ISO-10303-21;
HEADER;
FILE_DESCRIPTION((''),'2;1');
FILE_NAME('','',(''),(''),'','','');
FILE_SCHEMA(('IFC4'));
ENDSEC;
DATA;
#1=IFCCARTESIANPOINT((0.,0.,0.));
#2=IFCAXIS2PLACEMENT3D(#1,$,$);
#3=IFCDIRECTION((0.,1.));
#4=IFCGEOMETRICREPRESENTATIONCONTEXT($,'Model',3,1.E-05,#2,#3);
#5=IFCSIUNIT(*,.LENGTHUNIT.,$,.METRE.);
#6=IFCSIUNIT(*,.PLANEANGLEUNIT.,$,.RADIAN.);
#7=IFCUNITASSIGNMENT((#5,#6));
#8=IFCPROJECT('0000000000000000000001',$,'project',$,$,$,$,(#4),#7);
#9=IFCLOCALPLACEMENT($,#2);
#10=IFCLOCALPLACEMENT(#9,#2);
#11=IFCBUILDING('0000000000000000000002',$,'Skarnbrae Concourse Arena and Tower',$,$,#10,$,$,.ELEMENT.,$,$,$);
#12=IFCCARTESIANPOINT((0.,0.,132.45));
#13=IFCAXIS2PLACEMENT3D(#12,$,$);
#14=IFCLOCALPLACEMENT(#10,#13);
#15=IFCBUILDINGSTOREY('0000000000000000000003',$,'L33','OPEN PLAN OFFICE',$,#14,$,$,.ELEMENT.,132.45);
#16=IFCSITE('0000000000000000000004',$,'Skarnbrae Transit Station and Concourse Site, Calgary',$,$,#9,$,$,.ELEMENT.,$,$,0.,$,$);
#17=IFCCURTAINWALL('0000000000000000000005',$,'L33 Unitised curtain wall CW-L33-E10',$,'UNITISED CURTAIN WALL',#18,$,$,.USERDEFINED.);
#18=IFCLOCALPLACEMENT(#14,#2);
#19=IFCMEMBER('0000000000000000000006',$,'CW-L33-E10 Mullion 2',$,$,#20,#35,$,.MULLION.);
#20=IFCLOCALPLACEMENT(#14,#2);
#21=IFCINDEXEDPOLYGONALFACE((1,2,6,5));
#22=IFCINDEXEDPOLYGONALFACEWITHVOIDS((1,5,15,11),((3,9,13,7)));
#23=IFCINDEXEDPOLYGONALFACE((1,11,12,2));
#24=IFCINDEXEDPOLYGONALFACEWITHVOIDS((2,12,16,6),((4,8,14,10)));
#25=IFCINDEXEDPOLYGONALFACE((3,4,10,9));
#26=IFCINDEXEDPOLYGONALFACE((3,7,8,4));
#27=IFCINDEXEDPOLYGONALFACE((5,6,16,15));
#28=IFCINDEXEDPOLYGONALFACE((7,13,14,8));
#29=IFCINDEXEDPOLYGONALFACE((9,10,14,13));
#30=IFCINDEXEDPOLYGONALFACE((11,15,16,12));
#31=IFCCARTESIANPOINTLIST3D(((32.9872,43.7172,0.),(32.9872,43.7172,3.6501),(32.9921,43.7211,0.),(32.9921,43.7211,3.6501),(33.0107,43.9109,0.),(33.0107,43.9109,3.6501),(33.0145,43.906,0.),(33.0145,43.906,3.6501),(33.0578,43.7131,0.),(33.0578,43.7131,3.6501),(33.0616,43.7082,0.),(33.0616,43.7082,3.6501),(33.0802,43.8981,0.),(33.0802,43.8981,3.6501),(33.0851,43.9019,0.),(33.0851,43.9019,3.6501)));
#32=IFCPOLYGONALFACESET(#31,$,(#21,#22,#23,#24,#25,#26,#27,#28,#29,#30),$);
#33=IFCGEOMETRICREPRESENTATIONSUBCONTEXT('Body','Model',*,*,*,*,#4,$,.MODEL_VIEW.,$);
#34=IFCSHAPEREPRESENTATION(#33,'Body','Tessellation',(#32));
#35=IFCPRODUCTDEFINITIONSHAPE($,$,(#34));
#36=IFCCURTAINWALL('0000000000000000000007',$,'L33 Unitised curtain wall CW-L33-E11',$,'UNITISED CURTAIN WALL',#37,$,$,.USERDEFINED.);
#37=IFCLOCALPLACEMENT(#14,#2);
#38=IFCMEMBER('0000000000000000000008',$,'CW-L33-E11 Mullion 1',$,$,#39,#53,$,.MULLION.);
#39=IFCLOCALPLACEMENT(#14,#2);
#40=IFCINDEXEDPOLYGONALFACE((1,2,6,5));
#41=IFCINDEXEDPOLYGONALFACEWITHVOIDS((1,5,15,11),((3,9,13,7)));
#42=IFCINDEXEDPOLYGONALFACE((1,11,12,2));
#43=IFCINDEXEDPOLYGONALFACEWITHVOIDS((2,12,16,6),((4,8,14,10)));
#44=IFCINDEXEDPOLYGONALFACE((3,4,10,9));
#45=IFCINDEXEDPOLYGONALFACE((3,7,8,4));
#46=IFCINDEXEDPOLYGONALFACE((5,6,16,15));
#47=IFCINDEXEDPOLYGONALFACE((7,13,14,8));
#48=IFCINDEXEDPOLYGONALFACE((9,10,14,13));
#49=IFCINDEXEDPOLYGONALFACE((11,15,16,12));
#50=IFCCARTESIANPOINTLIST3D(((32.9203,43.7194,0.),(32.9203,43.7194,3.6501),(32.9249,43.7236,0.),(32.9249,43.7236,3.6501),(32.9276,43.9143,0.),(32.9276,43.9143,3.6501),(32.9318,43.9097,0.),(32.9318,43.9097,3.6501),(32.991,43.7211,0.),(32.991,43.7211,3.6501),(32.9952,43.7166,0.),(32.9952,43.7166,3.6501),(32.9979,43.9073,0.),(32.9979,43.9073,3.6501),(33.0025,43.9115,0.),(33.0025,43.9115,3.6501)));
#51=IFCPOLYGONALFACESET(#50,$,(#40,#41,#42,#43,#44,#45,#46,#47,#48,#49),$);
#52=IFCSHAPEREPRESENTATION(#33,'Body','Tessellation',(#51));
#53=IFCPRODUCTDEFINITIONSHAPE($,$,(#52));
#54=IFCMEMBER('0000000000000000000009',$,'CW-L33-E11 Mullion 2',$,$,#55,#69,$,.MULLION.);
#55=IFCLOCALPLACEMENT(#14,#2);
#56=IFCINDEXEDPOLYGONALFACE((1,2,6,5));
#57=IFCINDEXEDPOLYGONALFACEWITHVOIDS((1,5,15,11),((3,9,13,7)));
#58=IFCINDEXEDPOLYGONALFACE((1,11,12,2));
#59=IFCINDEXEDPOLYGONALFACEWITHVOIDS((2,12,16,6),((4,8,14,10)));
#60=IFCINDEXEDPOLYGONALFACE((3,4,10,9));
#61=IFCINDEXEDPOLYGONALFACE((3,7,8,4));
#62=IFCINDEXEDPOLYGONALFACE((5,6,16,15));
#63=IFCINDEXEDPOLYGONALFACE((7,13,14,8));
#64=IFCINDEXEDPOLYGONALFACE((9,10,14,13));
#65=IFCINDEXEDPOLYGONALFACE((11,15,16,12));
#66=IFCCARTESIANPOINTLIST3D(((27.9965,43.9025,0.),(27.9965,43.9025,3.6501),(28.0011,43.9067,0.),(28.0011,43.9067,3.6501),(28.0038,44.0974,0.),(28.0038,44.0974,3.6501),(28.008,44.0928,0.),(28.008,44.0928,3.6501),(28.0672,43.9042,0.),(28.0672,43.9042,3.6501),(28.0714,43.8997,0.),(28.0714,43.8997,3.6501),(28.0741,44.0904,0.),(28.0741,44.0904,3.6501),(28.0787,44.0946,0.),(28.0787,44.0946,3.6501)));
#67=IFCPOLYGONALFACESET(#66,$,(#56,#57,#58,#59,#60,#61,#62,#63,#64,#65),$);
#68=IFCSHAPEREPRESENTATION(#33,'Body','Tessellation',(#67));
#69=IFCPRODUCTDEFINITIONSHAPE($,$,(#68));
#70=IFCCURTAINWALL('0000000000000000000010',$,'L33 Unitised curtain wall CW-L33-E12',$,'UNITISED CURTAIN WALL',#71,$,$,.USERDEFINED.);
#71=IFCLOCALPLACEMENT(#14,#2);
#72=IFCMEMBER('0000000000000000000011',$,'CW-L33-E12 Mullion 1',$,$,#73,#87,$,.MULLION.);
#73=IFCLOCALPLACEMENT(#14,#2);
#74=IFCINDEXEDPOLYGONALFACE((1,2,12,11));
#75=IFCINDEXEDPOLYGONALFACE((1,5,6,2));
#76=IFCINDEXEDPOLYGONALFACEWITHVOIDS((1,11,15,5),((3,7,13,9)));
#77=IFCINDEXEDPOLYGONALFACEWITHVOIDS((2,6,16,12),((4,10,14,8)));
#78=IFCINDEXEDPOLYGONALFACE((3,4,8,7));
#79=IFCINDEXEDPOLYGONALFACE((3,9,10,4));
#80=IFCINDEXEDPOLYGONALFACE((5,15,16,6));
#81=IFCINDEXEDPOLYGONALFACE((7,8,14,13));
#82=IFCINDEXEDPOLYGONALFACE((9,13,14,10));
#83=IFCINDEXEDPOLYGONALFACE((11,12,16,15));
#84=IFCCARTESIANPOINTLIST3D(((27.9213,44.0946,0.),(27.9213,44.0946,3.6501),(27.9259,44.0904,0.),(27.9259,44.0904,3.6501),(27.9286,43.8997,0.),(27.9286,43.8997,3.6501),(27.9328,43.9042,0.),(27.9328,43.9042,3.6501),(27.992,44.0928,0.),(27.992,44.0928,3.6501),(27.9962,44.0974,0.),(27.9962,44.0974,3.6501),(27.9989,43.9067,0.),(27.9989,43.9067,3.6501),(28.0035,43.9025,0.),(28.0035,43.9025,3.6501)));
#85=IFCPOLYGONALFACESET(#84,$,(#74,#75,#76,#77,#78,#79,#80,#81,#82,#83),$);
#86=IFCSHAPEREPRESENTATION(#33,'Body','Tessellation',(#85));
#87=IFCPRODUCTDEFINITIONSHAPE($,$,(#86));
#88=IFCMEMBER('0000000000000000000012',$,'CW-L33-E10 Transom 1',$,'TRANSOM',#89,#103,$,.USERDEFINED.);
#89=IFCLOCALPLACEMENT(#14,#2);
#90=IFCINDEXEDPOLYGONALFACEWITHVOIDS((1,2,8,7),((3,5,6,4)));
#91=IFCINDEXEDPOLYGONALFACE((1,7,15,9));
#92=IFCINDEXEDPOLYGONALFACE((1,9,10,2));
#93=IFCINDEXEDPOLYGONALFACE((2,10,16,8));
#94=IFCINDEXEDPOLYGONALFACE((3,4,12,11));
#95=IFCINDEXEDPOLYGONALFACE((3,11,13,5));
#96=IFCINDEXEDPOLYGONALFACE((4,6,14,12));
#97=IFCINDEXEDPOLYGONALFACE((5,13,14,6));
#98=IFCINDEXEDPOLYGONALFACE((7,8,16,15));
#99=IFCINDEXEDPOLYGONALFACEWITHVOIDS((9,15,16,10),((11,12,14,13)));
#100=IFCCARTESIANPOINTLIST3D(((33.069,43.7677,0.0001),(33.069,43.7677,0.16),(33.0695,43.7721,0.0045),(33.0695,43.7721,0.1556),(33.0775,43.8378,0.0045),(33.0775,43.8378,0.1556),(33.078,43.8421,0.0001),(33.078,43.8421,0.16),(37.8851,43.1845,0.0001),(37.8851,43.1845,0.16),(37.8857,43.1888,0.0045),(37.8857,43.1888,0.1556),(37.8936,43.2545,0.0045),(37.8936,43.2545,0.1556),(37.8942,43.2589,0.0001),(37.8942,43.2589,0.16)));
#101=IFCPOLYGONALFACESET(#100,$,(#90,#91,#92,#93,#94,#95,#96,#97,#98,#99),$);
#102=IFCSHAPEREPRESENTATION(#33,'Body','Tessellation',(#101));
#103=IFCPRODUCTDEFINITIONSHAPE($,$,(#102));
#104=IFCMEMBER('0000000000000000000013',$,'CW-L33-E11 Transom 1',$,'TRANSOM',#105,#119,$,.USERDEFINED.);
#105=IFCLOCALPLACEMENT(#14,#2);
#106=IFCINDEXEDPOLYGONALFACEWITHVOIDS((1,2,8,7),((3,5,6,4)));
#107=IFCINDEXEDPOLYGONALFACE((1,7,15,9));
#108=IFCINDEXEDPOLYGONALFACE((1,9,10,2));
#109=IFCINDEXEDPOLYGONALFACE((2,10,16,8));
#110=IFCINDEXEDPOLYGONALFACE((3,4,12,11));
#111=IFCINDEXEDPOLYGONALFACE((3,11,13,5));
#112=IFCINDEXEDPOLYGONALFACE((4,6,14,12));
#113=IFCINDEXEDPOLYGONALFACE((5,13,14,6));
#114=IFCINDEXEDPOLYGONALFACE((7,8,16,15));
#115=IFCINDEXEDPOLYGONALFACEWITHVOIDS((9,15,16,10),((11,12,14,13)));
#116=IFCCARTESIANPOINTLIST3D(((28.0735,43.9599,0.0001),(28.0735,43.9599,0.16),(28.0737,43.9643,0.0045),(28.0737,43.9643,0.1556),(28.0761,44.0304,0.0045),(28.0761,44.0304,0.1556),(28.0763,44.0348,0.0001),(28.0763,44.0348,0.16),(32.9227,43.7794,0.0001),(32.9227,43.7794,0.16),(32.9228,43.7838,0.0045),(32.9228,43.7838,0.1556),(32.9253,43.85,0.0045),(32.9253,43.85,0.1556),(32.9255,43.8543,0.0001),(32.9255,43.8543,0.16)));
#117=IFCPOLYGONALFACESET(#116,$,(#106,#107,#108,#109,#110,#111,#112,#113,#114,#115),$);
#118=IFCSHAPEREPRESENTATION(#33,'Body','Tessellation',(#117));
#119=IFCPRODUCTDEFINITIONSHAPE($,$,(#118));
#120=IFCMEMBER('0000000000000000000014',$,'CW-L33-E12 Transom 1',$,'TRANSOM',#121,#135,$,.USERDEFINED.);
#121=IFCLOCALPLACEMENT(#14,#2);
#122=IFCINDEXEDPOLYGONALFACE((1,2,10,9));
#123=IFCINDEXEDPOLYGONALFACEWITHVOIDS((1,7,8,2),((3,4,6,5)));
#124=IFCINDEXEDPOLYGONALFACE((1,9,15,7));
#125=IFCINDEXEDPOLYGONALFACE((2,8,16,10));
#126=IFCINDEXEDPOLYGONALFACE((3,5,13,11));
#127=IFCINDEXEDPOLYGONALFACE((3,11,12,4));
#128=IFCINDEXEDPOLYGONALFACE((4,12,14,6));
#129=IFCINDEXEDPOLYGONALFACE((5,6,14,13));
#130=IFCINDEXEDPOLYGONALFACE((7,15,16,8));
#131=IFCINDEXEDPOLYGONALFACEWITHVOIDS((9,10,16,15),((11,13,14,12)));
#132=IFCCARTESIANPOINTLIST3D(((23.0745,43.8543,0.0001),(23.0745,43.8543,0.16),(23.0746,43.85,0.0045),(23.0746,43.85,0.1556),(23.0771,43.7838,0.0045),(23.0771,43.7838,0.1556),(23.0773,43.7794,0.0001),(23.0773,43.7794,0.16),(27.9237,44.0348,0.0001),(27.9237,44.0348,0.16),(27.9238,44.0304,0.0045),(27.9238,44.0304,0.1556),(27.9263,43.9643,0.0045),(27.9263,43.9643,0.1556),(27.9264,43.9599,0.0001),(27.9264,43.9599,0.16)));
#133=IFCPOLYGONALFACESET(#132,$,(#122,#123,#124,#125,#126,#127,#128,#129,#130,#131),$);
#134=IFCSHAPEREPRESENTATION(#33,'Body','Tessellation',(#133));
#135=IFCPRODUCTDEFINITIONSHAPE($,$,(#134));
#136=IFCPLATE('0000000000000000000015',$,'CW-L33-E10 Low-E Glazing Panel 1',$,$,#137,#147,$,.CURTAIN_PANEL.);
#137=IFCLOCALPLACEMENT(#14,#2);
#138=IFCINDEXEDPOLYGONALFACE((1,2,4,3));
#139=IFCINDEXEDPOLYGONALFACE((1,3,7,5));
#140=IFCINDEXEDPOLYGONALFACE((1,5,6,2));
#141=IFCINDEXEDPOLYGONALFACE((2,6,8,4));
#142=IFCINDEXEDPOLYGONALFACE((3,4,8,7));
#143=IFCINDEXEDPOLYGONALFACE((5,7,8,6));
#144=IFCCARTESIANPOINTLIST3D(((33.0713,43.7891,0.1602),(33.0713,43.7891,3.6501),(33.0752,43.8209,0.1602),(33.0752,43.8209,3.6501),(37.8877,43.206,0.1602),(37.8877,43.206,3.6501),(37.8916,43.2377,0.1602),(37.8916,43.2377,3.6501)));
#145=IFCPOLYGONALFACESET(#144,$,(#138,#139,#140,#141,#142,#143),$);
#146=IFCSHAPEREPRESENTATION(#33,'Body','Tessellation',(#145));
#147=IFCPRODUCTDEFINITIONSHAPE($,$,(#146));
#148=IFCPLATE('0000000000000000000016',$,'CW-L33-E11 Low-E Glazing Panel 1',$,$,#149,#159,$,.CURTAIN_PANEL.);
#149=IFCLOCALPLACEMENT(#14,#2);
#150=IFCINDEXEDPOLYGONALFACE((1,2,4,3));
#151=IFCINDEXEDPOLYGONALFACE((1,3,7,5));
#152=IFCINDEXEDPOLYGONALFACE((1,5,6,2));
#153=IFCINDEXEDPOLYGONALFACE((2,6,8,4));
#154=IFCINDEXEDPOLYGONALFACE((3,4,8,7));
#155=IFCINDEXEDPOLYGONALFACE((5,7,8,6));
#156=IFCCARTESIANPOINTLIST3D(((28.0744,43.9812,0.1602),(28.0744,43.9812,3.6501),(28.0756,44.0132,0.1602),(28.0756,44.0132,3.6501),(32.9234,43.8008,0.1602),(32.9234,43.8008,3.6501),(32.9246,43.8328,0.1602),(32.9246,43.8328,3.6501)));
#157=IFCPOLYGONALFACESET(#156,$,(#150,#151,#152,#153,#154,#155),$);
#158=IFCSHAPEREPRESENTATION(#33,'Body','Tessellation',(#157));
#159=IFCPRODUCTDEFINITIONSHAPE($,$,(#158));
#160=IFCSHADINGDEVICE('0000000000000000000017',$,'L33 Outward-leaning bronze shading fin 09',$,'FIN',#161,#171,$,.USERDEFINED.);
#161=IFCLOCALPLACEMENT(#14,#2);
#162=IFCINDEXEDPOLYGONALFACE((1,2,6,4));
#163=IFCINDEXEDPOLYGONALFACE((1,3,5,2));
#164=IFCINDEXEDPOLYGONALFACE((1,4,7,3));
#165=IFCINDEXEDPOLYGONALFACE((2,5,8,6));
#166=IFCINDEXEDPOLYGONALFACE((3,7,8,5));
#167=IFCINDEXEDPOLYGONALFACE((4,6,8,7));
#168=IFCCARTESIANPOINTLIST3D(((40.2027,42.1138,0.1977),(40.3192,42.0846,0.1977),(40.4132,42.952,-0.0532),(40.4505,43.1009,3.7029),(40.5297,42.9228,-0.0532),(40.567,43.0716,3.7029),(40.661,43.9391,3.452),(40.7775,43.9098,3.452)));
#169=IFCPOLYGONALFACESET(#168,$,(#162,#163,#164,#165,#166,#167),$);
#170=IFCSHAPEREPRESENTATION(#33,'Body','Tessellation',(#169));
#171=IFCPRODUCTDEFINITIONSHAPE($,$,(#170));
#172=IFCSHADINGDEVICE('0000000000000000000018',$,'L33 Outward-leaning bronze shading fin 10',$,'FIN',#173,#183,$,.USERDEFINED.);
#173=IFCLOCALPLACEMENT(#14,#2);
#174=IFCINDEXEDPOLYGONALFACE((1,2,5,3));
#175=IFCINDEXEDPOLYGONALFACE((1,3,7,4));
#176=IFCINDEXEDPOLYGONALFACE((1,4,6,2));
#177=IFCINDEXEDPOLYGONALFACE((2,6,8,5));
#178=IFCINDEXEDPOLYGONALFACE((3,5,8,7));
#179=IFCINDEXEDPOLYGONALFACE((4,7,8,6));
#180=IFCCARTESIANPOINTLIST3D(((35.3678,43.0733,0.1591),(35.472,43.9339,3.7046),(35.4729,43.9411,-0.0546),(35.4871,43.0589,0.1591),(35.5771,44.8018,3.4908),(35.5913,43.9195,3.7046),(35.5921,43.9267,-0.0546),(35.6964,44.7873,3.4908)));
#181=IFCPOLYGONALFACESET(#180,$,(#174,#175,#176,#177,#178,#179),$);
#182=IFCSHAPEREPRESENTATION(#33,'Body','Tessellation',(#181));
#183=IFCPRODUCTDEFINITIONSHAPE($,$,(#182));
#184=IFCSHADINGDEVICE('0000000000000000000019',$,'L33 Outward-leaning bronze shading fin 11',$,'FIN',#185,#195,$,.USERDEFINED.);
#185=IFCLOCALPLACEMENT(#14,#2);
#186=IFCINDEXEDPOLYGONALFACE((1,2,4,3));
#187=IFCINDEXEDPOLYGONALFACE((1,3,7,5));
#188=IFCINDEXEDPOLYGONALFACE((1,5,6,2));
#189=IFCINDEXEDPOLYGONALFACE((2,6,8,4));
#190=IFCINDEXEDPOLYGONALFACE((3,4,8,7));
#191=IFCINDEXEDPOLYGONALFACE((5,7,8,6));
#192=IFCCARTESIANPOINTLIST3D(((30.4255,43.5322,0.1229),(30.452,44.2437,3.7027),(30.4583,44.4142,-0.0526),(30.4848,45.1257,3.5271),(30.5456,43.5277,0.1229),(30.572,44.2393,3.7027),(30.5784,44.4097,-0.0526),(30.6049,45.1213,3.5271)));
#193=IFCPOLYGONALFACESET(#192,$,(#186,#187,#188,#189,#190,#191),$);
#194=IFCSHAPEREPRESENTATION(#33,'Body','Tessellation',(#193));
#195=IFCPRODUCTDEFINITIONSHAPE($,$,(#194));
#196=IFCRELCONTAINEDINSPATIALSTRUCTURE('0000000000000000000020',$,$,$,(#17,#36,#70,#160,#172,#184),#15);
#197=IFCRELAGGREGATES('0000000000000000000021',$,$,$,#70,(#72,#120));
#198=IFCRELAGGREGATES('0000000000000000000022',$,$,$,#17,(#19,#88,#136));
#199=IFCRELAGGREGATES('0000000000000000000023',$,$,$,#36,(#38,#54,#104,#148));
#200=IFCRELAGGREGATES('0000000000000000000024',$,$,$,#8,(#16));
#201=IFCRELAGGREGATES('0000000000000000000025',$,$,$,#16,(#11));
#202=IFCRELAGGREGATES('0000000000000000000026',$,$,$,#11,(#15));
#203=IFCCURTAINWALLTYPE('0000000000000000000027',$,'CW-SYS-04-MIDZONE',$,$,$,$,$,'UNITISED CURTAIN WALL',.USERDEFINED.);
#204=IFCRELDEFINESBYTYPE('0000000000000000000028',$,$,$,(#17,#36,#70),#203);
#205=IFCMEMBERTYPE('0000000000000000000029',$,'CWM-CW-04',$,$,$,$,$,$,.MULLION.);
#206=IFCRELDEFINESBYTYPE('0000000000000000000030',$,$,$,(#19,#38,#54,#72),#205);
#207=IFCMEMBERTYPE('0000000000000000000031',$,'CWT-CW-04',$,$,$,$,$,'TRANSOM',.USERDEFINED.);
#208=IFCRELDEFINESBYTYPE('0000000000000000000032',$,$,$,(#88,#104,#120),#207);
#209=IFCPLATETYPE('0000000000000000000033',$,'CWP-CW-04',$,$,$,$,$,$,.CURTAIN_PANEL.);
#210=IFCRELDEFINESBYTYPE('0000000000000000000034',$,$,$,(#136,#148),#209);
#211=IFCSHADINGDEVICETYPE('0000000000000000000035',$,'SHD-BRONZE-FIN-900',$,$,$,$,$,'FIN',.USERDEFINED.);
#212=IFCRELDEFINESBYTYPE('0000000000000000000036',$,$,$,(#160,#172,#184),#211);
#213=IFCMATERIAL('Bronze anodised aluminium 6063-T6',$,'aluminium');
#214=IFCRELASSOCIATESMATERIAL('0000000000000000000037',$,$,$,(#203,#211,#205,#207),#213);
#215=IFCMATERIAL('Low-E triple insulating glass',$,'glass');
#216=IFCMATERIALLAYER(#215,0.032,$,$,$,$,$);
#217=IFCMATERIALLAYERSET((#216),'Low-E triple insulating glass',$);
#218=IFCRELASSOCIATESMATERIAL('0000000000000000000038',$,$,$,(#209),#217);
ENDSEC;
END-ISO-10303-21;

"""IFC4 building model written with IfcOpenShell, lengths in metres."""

from ifc_helpers import new_model, si_unit, direction, frame, origin, origin_2d, place, context, subcontext, project, spatial, rectangle, hollow_rectangle, extrude, source, transform, mapped, material, layer, layer_set, material_profile, profile_set, type_object, element, aggregate, save


model = new_model("IFC4")

# Units and contexts
model_context = context("Model", 3, precision=1e-05, world=origin(), true_north=direction((0.0, 1.0)))
body_context = subcontext(model_context, "Body", "Model", "MODEL_VIEW")
ifc_project = project(units=[si_unit("LENGTHUNIT", "METRE"), si_unit("PLANEANGLEUNIT", "RADIAN")], contexts=[model_context])

# Site, building, storey
site_placement = place(None, origin())
site = spatial("IfcSite", under=ifc_project, at=site_placement, Name="Skarnbrae Transit Station and Concourse Site, Calgary", CompositionType="ELEMENT", RefElevation=0.0)
building_placement = place(site_placement, origin())
building = spatial("IfcBuilding", under=site, at=building_placement, Name="Skarnbrae Concourse Arena and Tower", CompositionType="ELEMENT")
storey_placement = place(building_placement, frame((0.0, 0.0, 132.45)))
storey = spatial("IfcBuildingStorey", under=building, at=storey_placement, Name="L33", Description="OPEN PLAN OFFICE", CompositionType="ELEMENT", Elevation=132.45)

# Shared definitions
ifc_material_1 = material(Name="Bronze anodised aluminium 6063-T6", Category="aluminium")
curtain_wall_type = type_object("IfcCurtainWallType", Name="CW-SYS-04-MIDZONE", ElementType="UNITISED CURTAIN WALL", PredefinedType="USERDEFINED", material=ifc_material_1)
ifc_material_profile_1 = material_profile(ifc_material_1, hollow_rectangle(XDim=0.075, YDim=0.1951, WallThickness=0.0044, at=origin_2d()), Name="ALU-MULL-75X195")
ifc_profile_set_1 = profile_set([ifc_material_profile_1], Name="Bronze anodised aluminium 6063-T6")
member_type_1 = type_object("IfcMemberType", Name="CWM-CW-04", PredefinedType="MULLION", material=ifc_profile_set_1)
shared_shape_1 = source(origin(), body_context, "Body", "SweptSolid", [
    extrude(hollow_rectangle(XDim=0.075, YDim=0.1951, WallThickness=0.0044, at=origin_2d()), origin(), (0.0, 0.0, 1.0), 3.6501),
])

# Curtain walls, members
curtain_wall_1_placement = place(storey_placement, origin())
curtain_wall_1 = element("IfcCurtainWall", 1, at=curtain_wall_1_placement, inside=storey, type_object=curtain_wall_type, Name="L33 Unitised curtain wall CW-L33-E10", ObjectType="UNITISED CURTAIN WALL", PredefinedType="USERDEFINED")
member_1_placement = place(storey_placement, frame((33.0361, 43.8096, 0.0), z_axis=(0.0, 0.0, 1.0), x_axis=(-0.992749, 0.120203, 0.0)))
member_1 = element("IfcMember", 2, at=member_1_placement, type_object=member_type_1, Name="CW-L33-E10 Mullion 2", PredefinedType="MULLION", context=body_context, shape_type="MappedRepresentation", body=[
    mapped(shared_shape_1, transform((0.0, 0.0, 0.0))),
])
curtain_wall_2_placement = place(storey_placement, origin())
curtain_wall_2 = element("IfcCurtainWall", 3, at=curtain_wall_2_placement, inside=storey, type_object=curtain_wall_type, Name="L33 Unitised curtain wall CW-L33-E11", ObjectType="UNITISED CURTAIN WALL", PredefinedType="USERDEFINED")
member_2_placement = place(storey_placement, frame((32.9614, 43.8154, 0.0), z_axis=(0.0, 0.0, 1.0), x_axis=(-0.999308, 0.037183, 0.0)))
member_2 = element("IfcMember", 4, at=member_2_placement, type_object=member_type_1, Name="CW-L33-E11 Mullion 1", PredefinedType="MULLION", context=body_context, shape_type="MappedRepresentation", body=[
    mapped(shared_shape_1, transform((0.0, 0.0, 0.0))),
])
member_3_placement = place(storey_placement, frame((28.0376, 43.9985, 0.0), z_axis=(0.0, 0.0, 1.0), x_axis=(-0.999308, 0.037183, 0.0)))
member_3 = element("IfcMember", 5, at=member_3_placement, type_object=member_type_1, Name="CW-L33-E11 Mullion 2", PredefinedType="MULLION", context=body_context, shape_type="MappedRepresentation", body=[
    mapped(shared_shape_1, transform((0.0, 0.0, 0.0))),
])

# Curtain wall, member
curtain_wall_3_placement = place(storey_placement, origin())
curtain_wall_3 = element("IfcCurtainWall", 6, at=curtain_wall_3_placement, inside=storey, type_object=curtain_wall_type, Name="L33 Unitised curtain wall CW-L33-E12", ObjectType="UNITISED CURTAIN WALL", PredefinedType="USERDEFINED")
member_4_placement = place(storey_placement, frame((27.9624, 43.9985, 0.0), z_axis=(0.0, 0.0, 1.0), x_axis=(-0.999308, -0.037183, 0.0)))
member_4 = element("IfcMember", 7, at=member_4_placement, type_object=member_type_1, Name="CW-L33-E12 Mullion 1", PredefinedType="MULLION", context=body_context, shape_type="MappedRepresentation", body=[
    mapped(shared_shape_1, transform((0.0, 0.0, 0.0))),
])

# Members
ifc_material_profile_2 = material_profile(ifc_material_1, hollow_rectangle(XDim=0.075, YDim=0.1599, WallThickness=0.0044, at=origin_2d()), Name="ALU-TRAN-75X160")
ifc_profile_set_2 = profile_set([ifc_material_profile_2], Name="Bronze anodised aluminium 6063-T6")
member_type_2 = type_object("IfcMemberType", Name="CWT-CW-04", ElementType="TRANSOM", PredefinedType="USERDEFINED", material=ifc_profile_set_2)
shared_shape_2 = source(origin(), body_context, "Body", "SweptSolid", [
    extrude(hollow_rectangle(XDim=0.075, YDim=0.1599, WallThickness=0.0044, at=origin_2d()), origin(), (0.0, 0.0, 1.0), 4.8513),
])
member_5_placement = place(storey_placement, frame((37.8896, 43.2217, 0.0801), z_axis=(-0.992747, 0.120225, 0.0), x_axis=(-0.120225, -0.992747, 0.0)))
member_5 = element("IfcMember", 8, at=member_5_placement, type_object=member_type_2, Name="CW-L33-E10 Transom 1", ObjectType="TRANSOM", PredefinedType="USERDEFINED", context=body_context, shape_type="MappedRepresentation", body=[
    mapped(shared_shape_2, transform((0.0, 0.0, 0.0))),
])
shared_shape_3 = source(origin(), body_context, "Body", "SweptSolid", [
    extrude(hollow_rectangle(XDim=0.075, YDim=0.1599, WallThickness=0.0044, at=origin_2d()), origin(), (0.0, 0.0, 1.0), 4.8525),
])
member_6_placement = place(storey_placement, frame((32.9241, 43.8169, 0.0801), z_axis=(-0.999309, 0.037181, 0.0), x_axis=(-0.037181, -0.999309, 0.0)))
member_6 = element("IfcMember", 9, at=member_6_placement, type_object=member_type_2, Name="CW-L33-E11 Transom 1", ObjectType="TRANSOM", PredefinedType="USERDEFINED", context=body_context, shape_type="MappedRepresentation", body=[
    mapped(shared_shape_3, transform((0.0, 0.0, 0.0))),
])
member_7_placement = place(storey_placement, frame((27.925, 43.9973, 0.0801), z_axis=(-0.999309, -0.037181, 0.0), x_axis=(0.037181, -0.999309, 0.0)))
member_7 = element("IfcMember", 10, at=member_7_placement, type_object=member_type_2, Name="CW-L33-E12 Transom 1", ObjectType="TRANSOM", PredefinedType="USERDEFINED", context=body_context, shape_type="MappedRepresentation", body=[
    mapped(shared_shape_3, transform((0.0, 0.0, 0.0))),
])
aggregate(curtain_wall_3, [member_4, member_7])

# Plates
ifc_material_2 = material(Name="Low-E triple insulating glass", Category="glass")
ifc_layer = layer(ifc_material_2, 0.032)
ifc_layer_set = layer_set([ifc_layer], Name="Low-E triple insulating glass")
plate_type = type_object("IfcPlateType", Name="CWP-CW-04", PredefinedType="CURTAIN_PANEL", material=ifc_layer_set)
shared_shape_4 = source(origin(), body_context, "Body", "SweptSolid", [
    extrude(rectangle(XDim=4.8516, YDim=0.032, at=origin_2d()), origin(), (0.0, 0.0, 1.0), 3.49),
])
plate_1_placement = place(storey_placement, frame((35.4814, 43.5134, 0.1602), z_axis=(0.0, 0.0, 1.0), x_axis=(-0.992749, 0.120203, 0.0)))
plate_1 = element("IfcPlate", 11, at=plate_1_placement, type_object=plate_type, Name="CW-L33-E10 Low-E Glazing Panel 1", PredefinedType="CURTAIN_PANEL", context=body_context, shape_type="MappedRepresentation", body=[
    mapped(shared_shape_4, transform((0.0, 0.0, 0.0))),
])
aggregate(curtain_wall_1, [member_1, member_5, plate_1])
shared_shape_5 = source(origin(), body_context, "Body", "SweptSolid", [
    extrude(rectangle(XDim=4.8523, YDim=0.032, at=origin_2d()), origin(), (0.0, 0.0, 1.0), 3.49),
])
plate_2_placement = place(storey_placement, frame((30.4995, 43.907, 0.1602), z_axis=(0.0, 0.0, 1.0), x_axis=(-0.999308, 0.037183, 0.0)))
plate_2 = element("IfcPlate", 12, at=plate_2_placement, type_object=plate_type, Name="CW-L33-E11 Low-E Glazing Panel 1", PredefinedType="CURTAIN_PANEL", context=body_context, shape_type="MappedRepresentation", body=[
    mapped(shared_shape_5, transform((0.0, 0.0, 0.0))),
])
aggregate(curtain_wall_2, [member_2, member_3, member_6, plate_2])

# Shading devices
shading_device_type = type_object("IfcShadingDeviceType", Name="SHD-BRONZE-FIN-900", ElementType="FIN", PredefinedType="USERDEFINED", material=ifc_material_1)
shared_shape_6 = source(origin(), body_context, "Body", "SweptSolid", [
    extrude(rectangle(XDim=0.1201, YDim=0.8999, at=origin_2d()), origin(), (0.0, 0.0, 1.0), 3.6499),
])
for number, where, z_axis, x_axis, name in (
    (13, (40.3662, 42.5183, 0.0723), (0.067893, 0.270431, 0.960342), (0.969902, -0.243497, 0.0), "L33 Outward-leaning bronze shading fin 09"),
    (14, (35.48, 43.5, 0.0522), (0.028551, 0.235794, 0.971384), (0.992749, -0.120206, 0.0), "L33 Outward-leaning bronze shading fin 10"),
    (15, (30.502, 43.9709, 0.0352), (0.007254, 0.194955, 0.980785), (0.999308, -0.037184, 0.0), "L33 Outward-leaning bronze shading fin 11"),
):
    element("IfcShadingDevice", number, at=place(storey_placement, frame(where, z_axis=z_axis, x_axis=x_axis)), inside=storey, type_object=shading_device_type, Name=name, ObjectType="FIN", PredefinedType="USERDEFINED", context=body_context, shape_type="MappedRepresentation", body=[
        mapped(shared_shape_6, transform((0.0, 0.0, 0.0))),
    ])

save(model, "model.ifc")
